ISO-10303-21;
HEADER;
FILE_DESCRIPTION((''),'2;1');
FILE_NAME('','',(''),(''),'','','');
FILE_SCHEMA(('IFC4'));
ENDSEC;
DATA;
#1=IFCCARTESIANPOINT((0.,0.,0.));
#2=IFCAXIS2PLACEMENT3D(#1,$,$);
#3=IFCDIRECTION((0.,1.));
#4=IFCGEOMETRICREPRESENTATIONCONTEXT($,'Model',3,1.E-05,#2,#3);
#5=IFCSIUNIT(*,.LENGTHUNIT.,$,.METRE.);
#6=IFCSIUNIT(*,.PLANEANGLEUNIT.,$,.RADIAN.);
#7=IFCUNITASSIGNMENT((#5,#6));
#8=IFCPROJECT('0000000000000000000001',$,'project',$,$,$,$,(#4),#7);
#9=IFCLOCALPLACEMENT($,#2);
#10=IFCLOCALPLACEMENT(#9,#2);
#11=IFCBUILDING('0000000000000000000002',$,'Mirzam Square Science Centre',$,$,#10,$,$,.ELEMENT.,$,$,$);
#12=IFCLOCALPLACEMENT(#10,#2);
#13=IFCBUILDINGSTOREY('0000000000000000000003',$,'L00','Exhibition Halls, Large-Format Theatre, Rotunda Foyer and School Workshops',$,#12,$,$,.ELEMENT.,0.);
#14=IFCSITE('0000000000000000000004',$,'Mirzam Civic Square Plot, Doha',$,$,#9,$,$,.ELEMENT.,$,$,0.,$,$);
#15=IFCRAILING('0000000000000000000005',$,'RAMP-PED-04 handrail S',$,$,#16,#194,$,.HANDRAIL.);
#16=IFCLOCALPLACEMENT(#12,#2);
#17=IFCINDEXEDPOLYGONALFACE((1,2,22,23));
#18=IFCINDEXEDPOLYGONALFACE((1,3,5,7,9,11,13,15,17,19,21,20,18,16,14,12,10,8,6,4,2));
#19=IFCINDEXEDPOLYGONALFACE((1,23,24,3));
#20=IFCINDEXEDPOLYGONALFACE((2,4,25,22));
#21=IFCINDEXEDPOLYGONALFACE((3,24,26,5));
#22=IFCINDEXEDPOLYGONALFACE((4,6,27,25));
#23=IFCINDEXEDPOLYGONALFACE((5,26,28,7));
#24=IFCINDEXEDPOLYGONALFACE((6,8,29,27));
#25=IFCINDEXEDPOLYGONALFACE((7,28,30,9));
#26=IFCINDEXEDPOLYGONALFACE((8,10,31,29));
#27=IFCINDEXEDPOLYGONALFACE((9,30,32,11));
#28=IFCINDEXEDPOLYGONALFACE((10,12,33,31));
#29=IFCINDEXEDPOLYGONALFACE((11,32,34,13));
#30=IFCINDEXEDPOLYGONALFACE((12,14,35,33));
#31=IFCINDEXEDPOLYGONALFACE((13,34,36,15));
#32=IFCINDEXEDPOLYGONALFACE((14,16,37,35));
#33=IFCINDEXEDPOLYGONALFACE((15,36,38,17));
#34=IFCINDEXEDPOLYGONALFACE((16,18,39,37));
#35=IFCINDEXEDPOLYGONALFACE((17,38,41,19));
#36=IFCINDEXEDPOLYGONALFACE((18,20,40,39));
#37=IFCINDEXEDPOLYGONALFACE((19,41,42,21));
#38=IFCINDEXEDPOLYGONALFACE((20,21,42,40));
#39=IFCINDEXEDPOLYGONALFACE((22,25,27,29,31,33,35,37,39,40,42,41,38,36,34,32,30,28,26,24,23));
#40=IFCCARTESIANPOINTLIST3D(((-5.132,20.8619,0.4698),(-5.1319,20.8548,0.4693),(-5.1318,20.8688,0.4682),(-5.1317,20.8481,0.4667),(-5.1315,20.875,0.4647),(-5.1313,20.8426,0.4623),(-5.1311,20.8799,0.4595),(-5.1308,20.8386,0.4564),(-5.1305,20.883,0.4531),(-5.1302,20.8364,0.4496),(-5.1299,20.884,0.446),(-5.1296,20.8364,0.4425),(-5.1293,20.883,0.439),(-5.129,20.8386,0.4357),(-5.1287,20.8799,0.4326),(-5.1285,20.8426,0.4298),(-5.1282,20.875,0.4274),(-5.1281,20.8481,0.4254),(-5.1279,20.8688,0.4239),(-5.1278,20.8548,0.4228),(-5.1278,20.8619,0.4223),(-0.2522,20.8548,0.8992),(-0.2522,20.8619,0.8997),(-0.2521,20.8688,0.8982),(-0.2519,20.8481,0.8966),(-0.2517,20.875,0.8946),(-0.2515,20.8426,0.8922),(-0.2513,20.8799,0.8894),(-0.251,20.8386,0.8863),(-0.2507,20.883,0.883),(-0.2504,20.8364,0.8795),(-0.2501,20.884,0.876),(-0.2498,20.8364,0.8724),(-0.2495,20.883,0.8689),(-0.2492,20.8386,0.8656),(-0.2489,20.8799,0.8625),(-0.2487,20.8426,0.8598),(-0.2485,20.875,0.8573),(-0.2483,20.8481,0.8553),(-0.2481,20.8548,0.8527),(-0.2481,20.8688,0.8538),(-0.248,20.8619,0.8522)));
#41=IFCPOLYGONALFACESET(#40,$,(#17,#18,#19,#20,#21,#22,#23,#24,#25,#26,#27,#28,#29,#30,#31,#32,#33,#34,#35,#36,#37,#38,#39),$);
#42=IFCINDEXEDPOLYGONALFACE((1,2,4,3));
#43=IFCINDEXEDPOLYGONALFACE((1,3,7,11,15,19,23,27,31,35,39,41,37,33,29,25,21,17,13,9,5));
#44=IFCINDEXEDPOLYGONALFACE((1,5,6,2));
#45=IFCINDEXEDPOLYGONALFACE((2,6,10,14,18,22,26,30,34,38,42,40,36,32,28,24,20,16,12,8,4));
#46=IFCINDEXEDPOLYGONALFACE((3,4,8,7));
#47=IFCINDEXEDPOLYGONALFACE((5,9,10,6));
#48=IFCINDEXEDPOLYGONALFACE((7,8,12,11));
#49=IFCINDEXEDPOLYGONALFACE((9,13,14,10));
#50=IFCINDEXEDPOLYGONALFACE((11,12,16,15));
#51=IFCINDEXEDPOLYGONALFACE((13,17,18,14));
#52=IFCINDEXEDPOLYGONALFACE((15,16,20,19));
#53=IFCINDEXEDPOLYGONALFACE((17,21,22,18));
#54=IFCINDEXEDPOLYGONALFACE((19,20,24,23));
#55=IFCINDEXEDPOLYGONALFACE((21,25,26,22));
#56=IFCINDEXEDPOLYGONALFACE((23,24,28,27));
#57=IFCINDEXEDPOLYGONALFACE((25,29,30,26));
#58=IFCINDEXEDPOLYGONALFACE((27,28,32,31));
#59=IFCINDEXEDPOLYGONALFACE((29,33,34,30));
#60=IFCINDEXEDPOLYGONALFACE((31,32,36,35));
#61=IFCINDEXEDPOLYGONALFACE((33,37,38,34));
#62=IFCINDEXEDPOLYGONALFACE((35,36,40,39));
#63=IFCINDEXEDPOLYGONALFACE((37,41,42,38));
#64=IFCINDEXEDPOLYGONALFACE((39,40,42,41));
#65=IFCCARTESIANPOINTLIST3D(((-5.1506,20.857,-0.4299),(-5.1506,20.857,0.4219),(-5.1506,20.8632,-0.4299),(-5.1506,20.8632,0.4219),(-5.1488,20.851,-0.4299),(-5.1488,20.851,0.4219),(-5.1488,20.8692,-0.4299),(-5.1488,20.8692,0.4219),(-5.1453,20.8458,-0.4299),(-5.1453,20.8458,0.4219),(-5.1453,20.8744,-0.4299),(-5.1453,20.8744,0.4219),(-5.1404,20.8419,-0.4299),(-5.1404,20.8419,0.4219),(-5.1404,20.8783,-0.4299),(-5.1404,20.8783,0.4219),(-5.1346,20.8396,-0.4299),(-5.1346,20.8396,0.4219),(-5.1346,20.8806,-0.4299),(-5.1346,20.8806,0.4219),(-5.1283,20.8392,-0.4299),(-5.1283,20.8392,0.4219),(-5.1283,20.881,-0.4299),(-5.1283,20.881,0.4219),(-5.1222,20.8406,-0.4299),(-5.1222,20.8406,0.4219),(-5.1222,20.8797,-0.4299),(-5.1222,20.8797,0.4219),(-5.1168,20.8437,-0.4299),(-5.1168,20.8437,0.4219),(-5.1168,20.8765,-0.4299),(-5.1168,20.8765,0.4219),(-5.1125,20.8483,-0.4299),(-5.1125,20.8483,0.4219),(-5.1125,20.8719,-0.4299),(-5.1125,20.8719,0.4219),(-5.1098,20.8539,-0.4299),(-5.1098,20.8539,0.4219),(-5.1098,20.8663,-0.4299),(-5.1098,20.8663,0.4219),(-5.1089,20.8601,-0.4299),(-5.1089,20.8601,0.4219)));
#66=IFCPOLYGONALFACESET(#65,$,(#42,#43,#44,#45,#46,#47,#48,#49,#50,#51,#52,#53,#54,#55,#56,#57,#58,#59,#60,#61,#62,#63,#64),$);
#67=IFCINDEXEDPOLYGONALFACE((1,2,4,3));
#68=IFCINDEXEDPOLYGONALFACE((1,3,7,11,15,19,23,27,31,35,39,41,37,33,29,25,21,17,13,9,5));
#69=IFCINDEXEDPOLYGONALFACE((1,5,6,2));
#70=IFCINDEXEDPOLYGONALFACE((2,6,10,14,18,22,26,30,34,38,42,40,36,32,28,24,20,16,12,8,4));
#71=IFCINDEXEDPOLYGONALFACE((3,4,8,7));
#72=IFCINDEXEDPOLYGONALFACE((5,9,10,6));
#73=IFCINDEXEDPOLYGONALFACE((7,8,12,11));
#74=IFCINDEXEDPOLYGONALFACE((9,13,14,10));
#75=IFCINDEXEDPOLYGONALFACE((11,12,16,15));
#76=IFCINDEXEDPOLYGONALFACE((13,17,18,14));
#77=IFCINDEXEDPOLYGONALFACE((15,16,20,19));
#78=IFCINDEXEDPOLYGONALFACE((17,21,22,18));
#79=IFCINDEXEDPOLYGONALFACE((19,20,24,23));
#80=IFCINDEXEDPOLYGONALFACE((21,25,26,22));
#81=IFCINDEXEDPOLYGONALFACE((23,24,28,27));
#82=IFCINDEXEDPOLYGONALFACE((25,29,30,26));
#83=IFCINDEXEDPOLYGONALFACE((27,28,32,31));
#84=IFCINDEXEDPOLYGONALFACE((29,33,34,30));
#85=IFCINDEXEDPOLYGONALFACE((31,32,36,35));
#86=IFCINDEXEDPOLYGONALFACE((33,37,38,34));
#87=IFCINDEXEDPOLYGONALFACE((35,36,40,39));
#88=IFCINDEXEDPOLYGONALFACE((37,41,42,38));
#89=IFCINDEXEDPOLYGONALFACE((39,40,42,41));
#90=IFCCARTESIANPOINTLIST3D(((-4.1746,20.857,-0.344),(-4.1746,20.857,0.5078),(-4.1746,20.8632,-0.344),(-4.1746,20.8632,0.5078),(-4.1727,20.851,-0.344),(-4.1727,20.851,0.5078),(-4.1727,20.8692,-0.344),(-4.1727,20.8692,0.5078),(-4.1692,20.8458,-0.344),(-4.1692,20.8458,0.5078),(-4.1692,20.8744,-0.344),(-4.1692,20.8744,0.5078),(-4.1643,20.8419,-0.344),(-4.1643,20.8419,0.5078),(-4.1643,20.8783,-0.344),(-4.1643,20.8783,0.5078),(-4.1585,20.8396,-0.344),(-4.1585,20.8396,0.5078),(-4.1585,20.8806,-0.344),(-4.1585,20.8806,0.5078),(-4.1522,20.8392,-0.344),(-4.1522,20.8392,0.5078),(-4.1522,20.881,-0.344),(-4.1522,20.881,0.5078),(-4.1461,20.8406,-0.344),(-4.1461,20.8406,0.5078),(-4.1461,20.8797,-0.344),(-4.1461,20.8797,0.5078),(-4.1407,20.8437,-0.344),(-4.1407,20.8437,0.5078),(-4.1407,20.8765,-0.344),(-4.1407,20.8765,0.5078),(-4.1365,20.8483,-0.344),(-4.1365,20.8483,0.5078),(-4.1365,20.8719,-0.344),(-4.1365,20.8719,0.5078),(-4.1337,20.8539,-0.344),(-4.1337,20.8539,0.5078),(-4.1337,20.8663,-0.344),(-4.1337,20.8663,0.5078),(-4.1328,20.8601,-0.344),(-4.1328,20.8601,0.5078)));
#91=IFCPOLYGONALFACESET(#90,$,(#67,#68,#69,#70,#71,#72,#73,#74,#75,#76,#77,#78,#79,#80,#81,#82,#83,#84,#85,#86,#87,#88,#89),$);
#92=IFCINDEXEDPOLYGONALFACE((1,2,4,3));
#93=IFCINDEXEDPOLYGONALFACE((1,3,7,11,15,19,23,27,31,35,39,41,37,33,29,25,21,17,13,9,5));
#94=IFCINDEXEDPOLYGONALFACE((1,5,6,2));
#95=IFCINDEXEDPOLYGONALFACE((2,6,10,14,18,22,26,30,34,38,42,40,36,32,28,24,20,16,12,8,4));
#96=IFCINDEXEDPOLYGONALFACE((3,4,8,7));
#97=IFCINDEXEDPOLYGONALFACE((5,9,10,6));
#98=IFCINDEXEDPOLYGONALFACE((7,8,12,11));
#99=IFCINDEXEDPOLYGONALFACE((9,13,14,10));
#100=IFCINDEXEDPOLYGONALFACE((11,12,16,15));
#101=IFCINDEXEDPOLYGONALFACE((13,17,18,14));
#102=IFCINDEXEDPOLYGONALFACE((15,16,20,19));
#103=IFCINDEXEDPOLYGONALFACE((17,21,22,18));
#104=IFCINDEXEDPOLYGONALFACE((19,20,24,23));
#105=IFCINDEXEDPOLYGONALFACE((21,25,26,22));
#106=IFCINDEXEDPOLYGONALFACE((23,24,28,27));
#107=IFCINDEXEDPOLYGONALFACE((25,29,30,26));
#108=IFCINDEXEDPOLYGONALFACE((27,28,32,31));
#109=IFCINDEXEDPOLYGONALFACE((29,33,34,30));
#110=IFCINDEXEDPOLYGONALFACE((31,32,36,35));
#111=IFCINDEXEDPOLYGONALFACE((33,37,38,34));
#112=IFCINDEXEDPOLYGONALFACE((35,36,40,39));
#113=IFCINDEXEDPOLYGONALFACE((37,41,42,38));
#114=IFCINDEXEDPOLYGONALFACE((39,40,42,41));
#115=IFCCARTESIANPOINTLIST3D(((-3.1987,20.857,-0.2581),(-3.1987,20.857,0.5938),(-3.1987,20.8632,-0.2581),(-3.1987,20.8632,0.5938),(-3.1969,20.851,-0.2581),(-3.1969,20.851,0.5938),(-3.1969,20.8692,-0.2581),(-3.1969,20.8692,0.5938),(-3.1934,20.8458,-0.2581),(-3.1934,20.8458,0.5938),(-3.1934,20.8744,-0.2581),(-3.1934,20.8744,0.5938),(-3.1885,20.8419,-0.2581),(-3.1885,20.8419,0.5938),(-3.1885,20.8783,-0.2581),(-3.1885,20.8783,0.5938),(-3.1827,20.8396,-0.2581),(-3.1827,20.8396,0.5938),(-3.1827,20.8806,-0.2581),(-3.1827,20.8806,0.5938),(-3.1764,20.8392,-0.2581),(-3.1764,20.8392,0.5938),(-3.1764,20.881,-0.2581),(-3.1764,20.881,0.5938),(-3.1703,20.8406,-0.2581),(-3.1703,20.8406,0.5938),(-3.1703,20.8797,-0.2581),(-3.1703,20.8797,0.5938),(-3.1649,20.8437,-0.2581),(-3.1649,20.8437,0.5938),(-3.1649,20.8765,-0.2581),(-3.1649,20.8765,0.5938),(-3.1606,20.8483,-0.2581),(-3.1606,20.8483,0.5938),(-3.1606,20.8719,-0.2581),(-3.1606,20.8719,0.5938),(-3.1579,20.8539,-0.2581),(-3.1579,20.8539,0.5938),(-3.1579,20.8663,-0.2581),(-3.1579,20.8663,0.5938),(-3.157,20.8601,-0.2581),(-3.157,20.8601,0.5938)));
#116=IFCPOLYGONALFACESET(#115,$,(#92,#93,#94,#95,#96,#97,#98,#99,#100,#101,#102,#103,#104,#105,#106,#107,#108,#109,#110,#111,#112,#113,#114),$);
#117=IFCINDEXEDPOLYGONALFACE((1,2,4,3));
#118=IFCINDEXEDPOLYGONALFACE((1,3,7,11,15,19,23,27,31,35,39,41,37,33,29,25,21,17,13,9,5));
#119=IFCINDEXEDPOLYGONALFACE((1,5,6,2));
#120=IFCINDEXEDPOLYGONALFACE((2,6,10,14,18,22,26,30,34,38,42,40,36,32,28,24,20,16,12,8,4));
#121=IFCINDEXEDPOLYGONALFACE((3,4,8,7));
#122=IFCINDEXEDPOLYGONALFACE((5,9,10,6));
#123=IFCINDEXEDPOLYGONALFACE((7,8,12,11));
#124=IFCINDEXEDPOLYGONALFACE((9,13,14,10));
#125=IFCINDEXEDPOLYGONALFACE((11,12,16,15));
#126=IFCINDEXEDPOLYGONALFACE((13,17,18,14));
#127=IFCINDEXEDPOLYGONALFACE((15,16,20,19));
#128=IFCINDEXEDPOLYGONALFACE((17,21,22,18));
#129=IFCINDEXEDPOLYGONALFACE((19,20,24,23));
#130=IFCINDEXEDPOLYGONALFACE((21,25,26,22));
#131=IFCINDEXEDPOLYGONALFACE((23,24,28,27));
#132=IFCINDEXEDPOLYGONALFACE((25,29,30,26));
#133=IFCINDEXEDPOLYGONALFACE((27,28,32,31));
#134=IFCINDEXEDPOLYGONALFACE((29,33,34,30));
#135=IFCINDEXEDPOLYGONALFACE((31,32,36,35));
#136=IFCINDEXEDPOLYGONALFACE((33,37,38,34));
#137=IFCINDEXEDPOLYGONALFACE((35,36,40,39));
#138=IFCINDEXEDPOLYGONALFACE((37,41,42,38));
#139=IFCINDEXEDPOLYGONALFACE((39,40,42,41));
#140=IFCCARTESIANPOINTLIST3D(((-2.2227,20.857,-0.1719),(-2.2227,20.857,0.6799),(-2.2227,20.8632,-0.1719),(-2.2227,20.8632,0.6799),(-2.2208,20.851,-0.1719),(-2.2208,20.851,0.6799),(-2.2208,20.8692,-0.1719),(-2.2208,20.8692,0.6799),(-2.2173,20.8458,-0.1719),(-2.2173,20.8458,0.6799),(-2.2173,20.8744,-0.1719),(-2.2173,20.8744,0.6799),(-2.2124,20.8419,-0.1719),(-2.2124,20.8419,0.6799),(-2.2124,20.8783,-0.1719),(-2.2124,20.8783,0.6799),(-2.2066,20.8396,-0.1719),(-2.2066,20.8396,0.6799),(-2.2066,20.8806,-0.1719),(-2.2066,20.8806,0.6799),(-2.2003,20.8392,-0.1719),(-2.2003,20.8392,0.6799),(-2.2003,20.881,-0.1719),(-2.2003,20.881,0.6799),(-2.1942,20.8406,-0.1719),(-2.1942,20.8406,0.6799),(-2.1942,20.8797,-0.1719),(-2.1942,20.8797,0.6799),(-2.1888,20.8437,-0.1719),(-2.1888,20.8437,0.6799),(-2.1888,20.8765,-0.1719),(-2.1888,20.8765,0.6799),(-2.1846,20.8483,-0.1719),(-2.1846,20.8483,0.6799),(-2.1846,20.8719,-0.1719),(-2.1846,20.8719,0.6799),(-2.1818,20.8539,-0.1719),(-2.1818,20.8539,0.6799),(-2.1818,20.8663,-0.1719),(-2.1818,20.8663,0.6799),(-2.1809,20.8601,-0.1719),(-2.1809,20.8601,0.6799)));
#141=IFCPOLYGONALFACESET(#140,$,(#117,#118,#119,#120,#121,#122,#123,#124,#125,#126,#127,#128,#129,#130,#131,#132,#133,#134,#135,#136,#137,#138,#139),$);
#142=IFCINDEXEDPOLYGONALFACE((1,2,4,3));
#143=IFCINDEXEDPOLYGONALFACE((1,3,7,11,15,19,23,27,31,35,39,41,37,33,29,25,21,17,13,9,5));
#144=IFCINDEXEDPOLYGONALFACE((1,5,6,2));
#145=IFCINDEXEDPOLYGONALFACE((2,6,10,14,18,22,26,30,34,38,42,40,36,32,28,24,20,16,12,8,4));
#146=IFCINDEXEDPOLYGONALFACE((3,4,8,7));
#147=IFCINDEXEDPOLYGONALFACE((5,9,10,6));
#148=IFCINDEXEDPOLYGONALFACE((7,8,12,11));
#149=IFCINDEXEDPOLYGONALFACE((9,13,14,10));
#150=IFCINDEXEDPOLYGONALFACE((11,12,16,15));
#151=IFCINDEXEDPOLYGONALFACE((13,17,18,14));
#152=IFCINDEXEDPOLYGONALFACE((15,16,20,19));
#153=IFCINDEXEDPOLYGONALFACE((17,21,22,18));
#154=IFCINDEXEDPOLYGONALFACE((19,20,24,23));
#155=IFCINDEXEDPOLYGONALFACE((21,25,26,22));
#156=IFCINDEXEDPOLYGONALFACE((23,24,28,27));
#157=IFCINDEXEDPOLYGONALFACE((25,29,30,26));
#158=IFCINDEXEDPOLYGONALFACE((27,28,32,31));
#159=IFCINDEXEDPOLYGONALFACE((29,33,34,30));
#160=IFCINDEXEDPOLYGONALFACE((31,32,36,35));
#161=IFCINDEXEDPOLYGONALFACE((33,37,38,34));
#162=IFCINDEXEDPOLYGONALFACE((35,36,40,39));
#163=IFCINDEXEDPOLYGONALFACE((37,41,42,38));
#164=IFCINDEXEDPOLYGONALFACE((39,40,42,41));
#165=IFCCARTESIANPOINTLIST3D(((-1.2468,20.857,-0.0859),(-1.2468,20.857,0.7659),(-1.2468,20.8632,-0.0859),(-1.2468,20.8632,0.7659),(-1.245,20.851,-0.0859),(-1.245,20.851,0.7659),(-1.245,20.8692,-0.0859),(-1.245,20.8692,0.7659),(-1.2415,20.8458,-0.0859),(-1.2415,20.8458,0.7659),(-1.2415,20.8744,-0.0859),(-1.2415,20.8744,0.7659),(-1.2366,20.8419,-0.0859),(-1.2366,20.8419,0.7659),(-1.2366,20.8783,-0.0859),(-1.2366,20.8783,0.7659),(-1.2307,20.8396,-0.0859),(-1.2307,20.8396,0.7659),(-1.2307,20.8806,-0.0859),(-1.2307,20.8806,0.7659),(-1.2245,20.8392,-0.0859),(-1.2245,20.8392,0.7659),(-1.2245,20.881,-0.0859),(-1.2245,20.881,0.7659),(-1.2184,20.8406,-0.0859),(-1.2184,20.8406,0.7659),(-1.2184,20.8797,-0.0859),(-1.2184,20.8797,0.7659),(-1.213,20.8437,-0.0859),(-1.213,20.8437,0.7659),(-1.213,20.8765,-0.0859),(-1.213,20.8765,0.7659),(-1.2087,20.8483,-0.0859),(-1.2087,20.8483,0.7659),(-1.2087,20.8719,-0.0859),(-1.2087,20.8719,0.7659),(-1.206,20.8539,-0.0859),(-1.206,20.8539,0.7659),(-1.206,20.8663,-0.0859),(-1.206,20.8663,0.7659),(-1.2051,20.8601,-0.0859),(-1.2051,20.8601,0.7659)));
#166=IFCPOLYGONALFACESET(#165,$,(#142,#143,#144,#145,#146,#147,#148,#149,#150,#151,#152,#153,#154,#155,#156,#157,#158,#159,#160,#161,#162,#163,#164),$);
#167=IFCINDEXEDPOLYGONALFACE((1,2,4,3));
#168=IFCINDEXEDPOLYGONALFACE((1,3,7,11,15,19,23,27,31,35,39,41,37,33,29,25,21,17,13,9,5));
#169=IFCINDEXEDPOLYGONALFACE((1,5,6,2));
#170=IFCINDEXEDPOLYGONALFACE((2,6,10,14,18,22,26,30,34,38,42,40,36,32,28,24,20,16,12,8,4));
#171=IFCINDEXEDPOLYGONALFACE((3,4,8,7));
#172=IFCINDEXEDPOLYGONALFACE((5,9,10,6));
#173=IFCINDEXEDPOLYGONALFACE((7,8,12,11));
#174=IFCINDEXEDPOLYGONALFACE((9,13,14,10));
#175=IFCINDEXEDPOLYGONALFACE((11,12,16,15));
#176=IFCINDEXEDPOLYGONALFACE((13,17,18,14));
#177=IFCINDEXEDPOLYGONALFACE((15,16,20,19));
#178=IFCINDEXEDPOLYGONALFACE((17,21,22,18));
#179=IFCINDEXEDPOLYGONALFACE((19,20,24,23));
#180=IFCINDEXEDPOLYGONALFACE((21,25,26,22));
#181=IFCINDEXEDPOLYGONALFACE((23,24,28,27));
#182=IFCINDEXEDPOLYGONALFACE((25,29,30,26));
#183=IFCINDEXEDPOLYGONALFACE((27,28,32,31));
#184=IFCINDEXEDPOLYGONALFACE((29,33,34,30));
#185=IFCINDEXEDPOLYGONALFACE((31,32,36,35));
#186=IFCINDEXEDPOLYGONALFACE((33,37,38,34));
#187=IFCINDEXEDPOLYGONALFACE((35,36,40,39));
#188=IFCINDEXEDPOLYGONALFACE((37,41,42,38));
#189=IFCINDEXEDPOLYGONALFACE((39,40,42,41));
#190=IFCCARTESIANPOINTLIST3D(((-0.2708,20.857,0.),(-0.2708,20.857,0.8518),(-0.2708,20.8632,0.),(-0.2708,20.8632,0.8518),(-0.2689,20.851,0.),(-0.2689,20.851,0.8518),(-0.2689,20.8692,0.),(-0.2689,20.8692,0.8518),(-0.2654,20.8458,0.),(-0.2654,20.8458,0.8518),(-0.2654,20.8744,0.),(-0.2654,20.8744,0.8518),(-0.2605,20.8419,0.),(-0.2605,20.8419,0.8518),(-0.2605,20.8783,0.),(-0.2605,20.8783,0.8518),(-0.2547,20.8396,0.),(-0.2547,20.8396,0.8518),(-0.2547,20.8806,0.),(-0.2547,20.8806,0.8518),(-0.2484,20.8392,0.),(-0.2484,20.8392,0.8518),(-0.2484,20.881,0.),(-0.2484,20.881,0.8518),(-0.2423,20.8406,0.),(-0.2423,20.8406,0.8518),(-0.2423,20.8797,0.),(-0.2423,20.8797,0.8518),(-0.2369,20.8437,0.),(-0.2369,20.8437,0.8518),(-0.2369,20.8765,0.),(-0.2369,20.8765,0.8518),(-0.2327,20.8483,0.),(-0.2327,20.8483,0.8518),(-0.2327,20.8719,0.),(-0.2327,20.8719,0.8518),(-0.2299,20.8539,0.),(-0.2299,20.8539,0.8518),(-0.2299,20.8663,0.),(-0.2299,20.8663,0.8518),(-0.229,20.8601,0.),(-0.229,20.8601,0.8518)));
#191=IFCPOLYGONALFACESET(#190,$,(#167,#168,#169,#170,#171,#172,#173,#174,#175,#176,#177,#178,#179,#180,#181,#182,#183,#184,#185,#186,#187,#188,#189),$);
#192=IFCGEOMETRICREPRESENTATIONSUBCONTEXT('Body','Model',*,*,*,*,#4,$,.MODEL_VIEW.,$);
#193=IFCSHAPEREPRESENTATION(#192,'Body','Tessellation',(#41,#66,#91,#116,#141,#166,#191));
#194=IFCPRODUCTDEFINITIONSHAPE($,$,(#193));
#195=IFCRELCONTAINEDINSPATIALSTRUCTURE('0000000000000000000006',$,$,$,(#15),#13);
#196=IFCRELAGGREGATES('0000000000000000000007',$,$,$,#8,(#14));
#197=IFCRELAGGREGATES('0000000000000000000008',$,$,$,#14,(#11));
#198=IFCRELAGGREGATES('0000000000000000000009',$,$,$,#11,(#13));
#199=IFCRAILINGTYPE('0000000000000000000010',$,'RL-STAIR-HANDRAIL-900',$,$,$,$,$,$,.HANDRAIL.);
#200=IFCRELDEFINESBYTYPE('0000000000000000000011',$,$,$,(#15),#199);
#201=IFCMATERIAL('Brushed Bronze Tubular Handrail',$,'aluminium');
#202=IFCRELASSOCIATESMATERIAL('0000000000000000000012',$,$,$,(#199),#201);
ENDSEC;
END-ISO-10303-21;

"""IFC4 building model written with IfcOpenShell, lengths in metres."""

from ifc_helpers import new_model, si_unit, direction, frame, origin, origin_2d, place, context, subcontext, project, spatial, circle, extrude, material, type_object, element, save


model = new_model("IFC4")

# Units and contexts
model_context = context("Model", 3, precision=1e-05, world=origin(), true_north=direction((0.0, 1.0)))
body_context = subcontext(model_context, "Body", "Model", "MODEL_VIEW")
ifc_project = project(units=[si_unit("LENGTHUNIT", "METRE"), si_unit("PLANEANGLEUNIT", "RADIAN")], contexts=[model_context])

# Site, building, storey
site_placement = place(None, origin())
site = spatial("IfcSite", under=ifc_project, at=site_placement, Name="Mirzam Civic Square Plot, Doha", CompositionType="ELEMENT", RefElevation=0.0)
building_placement = place(site_placement, origin())
building = spatial("IfcBuilding", under=site, at=building_placement, Name="Mirzam Square Science Centre", CompositionType="ELEMENT")
storey_placement = place(building_placement, origin())
storey = spatial("IfcBuildingStorey", under=building, at=storey_placement, Name="L00", Description="Exhibition Halls, Large-Format Theatre, Rotunda Foyer and School Workshops", CompositionType="ELEMENT", Elevation=0.0)

# Railing
ifc_material_1 = material(Name="Brushed Bronze Tubular Handrail", Category="aluminium")
railing_type = type_object("IfcRailingType", Name="RL-STAIR-HANDRAIL-900", PredefinedType="HANDRAIL", material=ifc_material_1)
railing_placement = place(storey_placement, frame((-5.1299, 20.8601, -0.4299)))
element("IfcRailing", 1, at=railing_placement, inside=storey, type_object=railing_type, Name="RAMP-PED-04 handrail S", PredefinedType="HANDRAIL", context=body_context, shape_type="SweptSolid", body=[
    extrude(circle(Radius=0.0239, at=origin_2d()), frame((0.0, 0.0, 0.876), z_axis=(0.996141, 0.0, 0.087763), x_axis=(0.0, 1.0, 0.0)), (0.0, 0.0, 1.0), 4.8987),
    extrude(circle(Radius=0.021, at=origin_2d()), origin(), (0.0, 0.0, 1.0), 0.8518),
    extrude(circle(Radius=0.021, at=origin_2d()), frame((0.9761, 0.0, 0.0859)), (0.0, 0.0, 1.0), 0.8518),
    extrude(circle(Radius=0.021, at=origin_2d()), frame((1.9519, 0.0, 0.1719)), (0.0, 0.0, 1.0), 0.8518),
    extrude(circle(Radius=0.021, at=origin_2d()), frame((2.928, 0.0, 0.2581)), (0.0, 0.0, 1.0), 0.8518),
    extrude(circle(Radius=0.021, at=origin_2d()), frame((3.9038, 0.0, 0.344)), (0.0, 0.0, 1.0), 0.8518),
    extrude(circle(Radius=0.021, at=origin_2d()), frame((4.8799, 0.0, 0.4299)), (0.0, 0.0, 1.0), 0.8518),
])

save(model, "model.ifc")
